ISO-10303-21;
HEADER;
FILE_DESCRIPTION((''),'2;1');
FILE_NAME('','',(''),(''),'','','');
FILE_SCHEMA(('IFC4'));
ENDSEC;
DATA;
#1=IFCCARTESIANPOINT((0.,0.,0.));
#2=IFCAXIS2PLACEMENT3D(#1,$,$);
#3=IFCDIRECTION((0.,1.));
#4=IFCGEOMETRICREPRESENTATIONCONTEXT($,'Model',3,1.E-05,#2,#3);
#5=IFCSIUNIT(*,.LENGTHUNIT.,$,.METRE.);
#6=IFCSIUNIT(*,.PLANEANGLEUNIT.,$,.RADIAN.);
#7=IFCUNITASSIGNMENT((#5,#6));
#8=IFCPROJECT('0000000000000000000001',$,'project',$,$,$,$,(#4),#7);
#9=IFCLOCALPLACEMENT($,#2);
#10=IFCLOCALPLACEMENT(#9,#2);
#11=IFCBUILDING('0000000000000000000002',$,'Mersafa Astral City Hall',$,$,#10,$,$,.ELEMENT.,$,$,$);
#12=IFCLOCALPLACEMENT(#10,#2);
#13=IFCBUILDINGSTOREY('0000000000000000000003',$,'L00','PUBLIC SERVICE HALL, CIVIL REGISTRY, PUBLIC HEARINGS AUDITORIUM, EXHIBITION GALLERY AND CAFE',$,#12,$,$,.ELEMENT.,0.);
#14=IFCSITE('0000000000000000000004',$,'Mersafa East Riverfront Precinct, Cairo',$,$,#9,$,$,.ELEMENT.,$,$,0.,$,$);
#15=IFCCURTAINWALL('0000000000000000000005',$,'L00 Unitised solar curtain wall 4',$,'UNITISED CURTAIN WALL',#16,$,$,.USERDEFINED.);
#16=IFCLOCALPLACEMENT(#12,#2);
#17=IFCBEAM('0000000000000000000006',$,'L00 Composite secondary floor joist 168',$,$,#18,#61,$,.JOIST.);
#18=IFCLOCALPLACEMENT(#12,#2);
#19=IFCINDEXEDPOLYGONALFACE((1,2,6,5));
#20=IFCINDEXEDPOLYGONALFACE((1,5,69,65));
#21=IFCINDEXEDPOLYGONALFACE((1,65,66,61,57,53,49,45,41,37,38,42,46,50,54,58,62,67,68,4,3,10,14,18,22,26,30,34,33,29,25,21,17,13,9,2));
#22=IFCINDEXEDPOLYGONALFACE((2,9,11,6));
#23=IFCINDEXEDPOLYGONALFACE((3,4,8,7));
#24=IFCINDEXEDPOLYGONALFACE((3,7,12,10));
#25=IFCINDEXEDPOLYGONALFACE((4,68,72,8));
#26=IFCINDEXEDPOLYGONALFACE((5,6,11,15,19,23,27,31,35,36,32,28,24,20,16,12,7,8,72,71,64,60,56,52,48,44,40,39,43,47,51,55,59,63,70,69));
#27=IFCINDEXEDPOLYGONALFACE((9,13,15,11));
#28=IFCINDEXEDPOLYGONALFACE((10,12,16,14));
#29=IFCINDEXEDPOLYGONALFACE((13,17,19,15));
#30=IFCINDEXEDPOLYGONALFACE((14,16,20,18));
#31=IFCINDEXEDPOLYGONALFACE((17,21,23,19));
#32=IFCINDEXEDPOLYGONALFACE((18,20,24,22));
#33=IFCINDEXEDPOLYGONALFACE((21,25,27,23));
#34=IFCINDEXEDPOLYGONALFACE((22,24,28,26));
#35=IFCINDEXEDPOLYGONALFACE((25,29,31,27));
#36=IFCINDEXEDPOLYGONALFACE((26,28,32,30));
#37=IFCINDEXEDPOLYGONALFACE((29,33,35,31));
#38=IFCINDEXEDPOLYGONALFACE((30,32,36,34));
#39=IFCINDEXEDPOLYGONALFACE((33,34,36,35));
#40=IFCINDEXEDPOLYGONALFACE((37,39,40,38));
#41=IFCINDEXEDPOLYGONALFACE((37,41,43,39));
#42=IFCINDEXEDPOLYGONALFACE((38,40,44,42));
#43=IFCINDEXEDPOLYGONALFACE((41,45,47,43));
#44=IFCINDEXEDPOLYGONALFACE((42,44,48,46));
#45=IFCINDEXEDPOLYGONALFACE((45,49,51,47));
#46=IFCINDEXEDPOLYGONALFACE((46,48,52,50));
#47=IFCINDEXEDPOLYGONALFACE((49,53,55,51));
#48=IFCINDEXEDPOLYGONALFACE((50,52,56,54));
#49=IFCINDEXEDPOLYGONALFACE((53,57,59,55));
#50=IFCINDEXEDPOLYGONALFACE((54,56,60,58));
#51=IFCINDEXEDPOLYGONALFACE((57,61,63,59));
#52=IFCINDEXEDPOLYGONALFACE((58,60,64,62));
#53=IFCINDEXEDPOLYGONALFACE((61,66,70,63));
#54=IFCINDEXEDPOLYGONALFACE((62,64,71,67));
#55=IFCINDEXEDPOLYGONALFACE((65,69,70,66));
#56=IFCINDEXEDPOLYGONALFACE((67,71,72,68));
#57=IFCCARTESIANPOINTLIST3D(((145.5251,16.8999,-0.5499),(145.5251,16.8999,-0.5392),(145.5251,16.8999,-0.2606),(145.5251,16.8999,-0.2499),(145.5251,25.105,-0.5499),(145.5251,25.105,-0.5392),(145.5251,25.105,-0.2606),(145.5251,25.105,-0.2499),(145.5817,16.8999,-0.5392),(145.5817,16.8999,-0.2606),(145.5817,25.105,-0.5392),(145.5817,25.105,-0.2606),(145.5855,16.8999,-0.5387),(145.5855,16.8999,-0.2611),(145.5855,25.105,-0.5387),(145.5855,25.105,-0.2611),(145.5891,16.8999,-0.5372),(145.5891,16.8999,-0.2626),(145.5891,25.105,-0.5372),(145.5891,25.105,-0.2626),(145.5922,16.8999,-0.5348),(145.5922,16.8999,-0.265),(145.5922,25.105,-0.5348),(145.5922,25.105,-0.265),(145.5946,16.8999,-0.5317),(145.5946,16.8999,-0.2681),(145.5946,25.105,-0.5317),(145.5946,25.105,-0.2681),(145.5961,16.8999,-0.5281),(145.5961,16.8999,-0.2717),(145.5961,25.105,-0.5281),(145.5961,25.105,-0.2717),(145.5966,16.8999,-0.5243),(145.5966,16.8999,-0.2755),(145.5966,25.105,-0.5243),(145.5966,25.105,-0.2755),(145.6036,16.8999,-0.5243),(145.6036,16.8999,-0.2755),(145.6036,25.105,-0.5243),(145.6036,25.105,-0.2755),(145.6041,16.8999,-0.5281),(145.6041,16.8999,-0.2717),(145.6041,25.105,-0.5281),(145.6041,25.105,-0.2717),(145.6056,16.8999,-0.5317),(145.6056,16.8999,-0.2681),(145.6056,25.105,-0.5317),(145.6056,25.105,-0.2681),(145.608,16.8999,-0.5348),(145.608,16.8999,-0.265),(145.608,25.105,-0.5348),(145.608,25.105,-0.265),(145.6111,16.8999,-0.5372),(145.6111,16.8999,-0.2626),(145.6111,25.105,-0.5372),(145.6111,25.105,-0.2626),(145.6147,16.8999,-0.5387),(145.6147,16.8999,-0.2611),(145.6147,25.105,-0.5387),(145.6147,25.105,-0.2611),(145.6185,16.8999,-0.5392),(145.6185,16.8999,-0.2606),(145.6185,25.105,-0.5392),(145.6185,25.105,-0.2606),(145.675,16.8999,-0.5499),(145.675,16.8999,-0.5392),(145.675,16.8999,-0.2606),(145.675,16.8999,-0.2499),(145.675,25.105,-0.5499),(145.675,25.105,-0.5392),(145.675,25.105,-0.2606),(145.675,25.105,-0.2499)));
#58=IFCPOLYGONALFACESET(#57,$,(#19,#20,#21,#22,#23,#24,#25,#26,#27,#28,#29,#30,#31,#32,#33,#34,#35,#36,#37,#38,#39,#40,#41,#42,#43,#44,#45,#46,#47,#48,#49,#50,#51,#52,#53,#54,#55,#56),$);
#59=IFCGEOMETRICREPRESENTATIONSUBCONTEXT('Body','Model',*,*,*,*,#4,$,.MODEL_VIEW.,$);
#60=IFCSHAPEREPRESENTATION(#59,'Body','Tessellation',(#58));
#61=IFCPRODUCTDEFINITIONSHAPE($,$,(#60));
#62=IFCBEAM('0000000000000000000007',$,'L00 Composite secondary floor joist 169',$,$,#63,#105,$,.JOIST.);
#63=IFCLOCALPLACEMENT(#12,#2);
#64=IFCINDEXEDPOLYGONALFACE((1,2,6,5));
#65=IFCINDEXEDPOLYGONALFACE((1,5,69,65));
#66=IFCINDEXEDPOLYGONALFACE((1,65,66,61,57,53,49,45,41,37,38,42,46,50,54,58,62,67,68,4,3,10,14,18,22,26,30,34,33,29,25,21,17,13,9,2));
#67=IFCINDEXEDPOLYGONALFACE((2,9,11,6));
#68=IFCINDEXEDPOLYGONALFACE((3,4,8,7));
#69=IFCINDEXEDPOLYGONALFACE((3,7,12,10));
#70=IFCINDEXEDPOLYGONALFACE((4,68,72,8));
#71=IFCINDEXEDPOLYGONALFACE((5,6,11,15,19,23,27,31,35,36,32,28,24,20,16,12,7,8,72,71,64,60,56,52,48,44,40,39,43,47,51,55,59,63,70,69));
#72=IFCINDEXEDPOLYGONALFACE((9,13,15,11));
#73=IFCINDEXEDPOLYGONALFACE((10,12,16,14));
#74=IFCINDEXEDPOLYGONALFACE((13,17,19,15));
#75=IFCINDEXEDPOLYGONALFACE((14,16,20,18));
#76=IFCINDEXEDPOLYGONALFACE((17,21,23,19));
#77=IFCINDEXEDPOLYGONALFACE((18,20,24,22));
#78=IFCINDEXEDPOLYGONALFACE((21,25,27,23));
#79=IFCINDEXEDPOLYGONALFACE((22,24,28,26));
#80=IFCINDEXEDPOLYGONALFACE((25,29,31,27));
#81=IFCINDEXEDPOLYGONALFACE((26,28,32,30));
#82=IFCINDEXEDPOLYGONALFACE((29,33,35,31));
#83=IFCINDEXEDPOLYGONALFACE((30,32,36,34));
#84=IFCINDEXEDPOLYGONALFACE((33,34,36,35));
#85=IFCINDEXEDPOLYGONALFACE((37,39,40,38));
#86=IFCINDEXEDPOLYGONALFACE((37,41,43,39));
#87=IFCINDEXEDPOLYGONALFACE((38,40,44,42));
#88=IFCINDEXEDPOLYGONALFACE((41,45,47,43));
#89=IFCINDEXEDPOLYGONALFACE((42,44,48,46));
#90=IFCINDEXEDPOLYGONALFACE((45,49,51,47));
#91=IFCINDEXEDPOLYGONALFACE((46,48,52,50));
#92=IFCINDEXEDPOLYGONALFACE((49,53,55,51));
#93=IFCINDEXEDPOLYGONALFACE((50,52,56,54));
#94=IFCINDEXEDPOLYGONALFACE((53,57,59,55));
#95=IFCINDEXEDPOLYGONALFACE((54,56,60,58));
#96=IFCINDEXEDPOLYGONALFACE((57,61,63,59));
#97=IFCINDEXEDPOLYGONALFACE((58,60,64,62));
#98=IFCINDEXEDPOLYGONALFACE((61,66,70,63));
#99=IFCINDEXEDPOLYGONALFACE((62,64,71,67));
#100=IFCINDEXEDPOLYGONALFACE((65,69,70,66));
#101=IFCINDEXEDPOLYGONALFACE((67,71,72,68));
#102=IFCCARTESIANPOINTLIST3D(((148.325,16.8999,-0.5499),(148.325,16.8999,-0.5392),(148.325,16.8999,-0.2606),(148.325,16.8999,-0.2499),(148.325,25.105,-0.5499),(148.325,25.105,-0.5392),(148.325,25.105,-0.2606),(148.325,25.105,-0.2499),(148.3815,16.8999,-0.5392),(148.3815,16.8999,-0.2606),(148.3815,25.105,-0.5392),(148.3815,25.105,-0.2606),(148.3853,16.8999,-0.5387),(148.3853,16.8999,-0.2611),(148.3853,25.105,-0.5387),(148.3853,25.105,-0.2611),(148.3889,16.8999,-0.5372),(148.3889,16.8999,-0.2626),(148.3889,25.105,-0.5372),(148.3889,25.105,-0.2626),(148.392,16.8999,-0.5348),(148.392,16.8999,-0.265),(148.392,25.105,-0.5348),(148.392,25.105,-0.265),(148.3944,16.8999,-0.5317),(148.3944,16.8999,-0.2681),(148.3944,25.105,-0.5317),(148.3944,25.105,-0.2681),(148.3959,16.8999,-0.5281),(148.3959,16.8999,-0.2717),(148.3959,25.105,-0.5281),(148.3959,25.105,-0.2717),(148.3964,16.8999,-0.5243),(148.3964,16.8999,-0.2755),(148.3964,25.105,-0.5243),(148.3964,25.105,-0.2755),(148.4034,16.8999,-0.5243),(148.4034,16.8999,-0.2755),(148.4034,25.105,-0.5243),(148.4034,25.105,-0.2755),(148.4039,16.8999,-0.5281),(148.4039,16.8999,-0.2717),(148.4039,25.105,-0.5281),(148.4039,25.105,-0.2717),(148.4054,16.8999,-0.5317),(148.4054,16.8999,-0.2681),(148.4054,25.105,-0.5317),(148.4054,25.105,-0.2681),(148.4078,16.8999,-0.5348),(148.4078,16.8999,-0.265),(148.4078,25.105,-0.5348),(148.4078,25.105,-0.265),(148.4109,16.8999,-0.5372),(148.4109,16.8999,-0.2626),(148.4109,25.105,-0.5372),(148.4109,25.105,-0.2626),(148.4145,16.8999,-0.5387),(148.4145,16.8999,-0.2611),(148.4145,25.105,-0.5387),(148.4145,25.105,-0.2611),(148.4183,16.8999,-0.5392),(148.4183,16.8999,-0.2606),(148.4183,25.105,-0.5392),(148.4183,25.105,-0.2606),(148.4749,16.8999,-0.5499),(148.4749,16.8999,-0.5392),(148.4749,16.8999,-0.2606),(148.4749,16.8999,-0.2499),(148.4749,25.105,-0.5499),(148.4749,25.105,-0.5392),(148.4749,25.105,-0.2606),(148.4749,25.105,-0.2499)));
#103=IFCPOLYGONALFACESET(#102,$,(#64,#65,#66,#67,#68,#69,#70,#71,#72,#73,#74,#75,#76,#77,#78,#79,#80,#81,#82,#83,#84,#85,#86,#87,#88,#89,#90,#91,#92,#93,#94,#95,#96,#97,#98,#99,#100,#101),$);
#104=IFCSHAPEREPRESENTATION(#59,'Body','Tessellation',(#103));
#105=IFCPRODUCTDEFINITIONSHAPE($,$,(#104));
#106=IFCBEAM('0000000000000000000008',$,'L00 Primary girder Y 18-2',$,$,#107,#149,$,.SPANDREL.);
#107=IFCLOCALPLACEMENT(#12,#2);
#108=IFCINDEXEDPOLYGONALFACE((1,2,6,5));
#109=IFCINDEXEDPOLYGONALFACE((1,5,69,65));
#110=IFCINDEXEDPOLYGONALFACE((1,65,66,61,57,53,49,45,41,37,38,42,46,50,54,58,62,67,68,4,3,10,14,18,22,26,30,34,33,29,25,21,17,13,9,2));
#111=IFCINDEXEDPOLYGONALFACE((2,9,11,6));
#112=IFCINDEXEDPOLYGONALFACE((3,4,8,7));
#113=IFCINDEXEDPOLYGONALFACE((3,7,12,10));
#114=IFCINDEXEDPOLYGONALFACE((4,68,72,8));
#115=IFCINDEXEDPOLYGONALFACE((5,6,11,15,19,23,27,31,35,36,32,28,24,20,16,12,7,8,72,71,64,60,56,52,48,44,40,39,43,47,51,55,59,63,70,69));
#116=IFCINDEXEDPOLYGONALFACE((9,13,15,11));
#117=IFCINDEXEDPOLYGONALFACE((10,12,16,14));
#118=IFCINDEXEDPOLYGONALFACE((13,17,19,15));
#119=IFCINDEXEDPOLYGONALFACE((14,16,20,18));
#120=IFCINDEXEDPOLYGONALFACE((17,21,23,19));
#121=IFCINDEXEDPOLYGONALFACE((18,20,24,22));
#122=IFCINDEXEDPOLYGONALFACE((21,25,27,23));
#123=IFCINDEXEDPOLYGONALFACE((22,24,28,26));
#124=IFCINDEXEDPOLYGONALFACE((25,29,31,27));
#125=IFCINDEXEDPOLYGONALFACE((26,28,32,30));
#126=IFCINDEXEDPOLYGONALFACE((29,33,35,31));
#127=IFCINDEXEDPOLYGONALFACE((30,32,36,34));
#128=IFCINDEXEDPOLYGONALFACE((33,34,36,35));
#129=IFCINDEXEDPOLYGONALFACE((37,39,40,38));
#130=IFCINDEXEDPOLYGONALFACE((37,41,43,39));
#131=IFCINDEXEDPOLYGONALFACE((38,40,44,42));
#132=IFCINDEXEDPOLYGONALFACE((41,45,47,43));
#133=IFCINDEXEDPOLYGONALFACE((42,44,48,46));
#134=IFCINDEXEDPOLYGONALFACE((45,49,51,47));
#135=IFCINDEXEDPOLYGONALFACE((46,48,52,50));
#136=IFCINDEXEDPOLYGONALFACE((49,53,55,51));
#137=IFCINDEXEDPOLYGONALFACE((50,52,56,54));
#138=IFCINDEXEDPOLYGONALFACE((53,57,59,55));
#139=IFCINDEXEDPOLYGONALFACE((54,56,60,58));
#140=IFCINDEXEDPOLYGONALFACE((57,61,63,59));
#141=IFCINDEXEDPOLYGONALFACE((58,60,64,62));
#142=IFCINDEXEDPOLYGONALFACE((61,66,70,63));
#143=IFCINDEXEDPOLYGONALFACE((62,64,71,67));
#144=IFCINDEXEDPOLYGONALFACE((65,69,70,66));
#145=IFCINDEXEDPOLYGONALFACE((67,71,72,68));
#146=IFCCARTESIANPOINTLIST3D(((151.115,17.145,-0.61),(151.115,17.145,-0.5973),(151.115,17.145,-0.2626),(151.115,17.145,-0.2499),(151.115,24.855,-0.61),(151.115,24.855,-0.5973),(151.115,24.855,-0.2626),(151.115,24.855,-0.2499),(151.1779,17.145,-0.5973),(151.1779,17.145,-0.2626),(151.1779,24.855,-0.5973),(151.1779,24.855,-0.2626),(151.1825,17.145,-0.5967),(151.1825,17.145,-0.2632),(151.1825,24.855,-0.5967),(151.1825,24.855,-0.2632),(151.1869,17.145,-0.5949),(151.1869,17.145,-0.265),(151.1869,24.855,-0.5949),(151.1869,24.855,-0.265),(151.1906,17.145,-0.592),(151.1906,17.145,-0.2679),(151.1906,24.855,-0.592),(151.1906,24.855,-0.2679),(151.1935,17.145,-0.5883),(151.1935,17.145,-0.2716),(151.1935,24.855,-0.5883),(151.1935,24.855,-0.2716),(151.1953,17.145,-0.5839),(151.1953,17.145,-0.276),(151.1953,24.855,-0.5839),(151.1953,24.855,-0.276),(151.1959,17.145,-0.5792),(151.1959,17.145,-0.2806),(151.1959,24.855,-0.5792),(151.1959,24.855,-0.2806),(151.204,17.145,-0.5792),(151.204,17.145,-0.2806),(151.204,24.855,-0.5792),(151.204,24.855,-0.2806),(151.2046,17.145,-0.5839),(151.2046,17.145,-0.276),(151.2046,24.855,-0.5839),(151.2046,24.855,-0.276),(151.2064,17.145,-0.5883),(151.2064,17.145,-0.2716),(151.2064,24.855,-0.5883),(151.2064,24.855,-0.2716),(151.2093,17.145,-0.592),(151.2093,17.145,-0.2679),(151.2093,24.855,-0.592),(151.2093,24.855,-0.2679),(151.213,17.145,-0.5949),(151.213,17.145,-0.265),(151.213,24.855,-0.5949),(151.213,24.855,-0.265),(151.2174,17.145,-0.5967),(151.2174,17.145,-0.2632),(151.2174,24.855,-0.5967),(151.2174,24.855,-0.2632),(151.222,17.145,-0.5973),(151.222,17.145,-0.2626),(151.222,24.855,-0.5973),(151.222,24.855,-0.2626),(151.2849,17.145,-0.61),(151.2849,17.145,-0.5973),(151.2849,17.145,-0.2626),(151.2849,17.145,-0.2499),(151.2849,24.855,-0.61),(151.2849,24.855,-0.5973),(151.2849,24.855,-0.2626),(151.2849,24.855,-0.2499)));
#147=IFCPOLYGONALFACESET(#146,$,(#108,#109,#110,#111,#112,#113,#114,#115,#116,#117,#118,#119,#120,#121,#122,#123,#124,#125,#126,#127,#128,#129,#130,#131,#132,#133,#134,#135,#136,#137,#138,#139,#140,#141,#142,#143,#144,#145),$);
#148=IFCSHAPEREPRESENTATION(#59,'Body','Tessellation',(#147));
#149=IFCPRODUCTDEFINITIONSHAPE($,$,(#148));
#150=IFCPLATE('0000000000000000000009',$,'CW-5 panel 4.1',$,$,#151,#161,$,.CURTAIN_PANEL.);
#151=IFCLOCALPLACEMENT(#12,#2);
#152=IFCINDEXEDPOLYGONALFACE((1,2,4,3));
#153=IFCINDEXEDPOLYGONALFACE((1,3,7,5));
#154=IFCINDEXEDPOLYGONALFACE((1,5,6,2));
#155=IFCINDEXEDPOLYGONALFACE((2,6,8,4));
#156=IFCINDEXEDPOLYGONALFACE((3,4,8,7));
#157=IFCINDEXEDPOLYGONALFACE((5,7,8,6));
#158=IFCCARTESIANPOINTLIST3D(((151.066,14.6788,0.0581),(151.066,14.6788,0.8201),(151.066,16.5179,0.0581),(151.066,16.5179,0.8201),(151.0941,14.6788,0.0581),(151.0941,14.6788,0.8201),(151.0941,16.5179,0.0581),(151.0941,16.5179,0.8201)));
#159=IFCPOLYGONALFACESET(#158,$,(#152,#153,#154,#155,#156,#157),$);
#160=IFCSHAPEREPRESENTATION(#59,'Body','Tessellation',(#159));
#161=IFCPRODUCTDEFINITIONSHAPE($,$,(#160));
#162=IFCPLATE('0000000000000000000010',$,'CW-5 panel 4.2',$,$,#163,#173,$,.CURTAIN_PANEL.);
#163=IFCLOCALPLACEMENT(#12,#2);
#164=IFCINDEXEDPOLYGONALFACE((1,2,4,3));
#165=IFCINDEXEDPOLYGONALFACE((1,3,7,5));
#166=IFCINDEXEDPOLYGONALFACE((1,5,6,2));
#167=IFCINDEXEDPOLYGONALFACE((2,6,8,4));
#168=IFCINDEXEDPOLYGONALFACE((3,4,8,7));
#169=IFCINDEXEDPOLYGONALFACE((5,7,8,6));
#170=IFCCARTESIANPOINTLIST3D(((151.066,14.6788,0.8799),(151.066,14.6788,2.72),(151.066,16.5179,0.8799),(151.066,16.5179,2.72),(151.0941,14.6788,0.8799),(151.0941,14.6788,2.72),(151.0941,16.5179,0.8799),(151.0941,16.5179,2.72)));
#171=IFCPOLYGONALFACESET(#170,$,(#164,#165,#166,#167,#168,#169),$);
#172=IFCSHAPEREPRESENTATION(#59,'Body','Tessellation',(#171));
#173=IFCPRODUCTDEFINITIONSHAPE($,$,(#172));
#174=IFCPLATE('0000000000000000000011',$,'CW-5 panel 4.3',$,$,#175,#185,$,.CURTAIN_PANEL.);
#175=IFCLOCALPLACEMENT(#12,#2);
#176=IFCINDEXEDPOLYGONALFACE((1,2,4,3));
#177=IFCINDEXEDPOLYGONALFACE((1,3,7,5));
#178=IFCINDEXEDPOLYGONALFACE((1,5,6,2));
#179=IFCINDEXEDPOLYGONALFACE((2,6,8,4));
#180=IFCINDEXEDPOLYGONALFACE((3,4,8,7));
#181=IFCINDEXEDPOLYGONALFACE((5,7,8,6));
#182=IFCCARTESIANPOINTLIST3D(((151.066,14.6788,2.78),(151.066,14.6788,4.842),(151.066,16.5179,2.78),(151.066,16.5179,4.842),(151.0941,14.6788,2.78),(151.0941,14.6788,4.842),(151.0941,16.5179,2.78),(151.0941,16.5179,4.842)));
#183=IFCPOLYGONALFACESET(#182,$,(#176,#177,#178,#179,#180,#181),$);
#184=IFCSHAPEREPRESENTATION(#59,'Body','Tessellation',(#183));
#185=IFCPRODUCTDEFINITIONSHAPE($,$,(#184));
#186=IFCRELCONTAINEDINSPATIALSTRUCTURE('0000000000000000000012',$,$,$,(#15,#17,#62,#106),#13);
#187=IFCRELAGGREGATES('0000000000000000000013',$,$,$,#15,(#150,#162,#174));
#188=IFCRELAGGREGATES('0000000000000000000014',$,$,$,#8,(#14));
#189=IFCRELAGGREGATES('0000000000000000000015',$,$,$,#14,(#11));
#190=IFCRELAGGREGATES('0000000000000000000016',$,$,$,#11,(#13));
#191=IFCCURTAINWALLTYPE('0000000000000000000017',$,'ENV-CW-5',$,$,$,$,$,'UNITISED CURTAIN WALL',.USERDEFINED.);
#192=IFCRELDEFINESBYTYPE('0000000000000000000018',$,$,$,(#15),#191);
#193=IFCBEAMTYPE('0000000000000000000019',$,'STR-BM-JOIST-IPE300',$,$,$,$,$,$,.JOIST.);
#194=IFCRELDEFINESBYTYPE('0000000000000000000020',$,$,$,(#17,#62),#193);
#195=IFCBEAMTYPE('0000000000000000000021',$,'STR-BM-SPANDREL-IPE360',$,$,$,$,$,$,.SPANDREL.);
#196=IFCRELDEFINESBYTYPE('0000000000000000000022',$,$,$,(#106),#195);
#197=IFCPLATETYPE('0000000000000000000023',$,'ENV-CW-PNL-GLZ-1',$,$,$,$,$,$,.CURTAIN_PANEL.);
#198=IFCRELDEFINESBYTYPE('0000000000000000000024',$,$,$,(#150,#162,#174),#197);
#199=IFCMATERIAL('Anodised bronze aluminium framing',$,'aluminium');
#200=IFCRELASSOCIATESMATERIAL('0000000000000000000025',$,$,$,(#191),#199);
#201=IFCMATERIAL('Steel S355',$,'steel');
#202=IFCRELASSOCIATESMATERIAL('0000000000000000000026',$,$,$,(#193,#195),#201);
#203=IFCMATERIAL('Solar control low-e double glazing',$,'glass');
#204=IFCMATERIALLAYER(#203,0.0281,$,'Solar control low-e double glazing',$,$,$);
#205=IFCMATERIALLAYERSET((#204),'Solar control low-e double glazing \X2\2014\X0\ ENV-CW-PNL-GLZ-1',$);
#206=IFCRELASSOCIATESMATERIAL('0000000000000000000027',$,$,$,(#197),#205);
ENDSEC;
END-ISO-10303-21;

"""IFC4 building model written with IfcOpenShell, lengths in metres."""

from ifc_helpers import new_model, si_unit, direction, frame, origin, origin_2d, place, context, subcontext, project, spatial, rectangle, i_section, extrude, material, layer, layer_set, material_profile, profile_set, type_object, element, aggregate, save


model = new_model("IFC4")

# Units and contexts
model_context = context("Model", 3, precision=1e-05, world=origin(), true_north=direction((0.0, 1.0)))
body_context = subcontext(model_context, "Body", "Model", "MODEL_VIEW")
ifc_project = project(units=[si_unit("LENGTHUNIT", "METRE"), si_unit("PLANEANGLEUNIT", "RADIAN")], contexts=[model_context])

# Site, building, storey
site_placement = place(None, origin())
site = spatial("IfcSite", under=ifc_project, at=site_placement, Name="Mersafa East Riverfront Precinct, Cairo", CompositionType="ELEMENT", RefElevation=0.0)
building_placement = place(site_placement, origin())
building = spatial("IfcBuilding", under=site, at=building_placement, Name="Mersafa Astral City Hall", CompositionType="ELEMENT")
storey_placement = place(building_placement, origin())
storey = spatial("IfcBuildingStorey", under=building, at=storey_placement, Name="L00", Description="PUBLIC SERVICE HALL, CIVIL REGISTRY, PUBLIC HEARINGS AUDITORIUM, EXHIBITION GALLERY AND CAFE", CompositionType="ELEMENT", Elevation=0.0)

# Shared definitions
ifc_material_1 = material(Name="Steel S355", Category="steel")

# Curtain wall
ifc_material_2 = material(Name="Anodised bronze aluminium framing", Category="aluminium")
curtain_wall_type_1 = type_object("IfcCurtainWallType", Name="ENV-CW-5", ElementType="UNITISED CURTAIN WALL", PredefinedType="USERDEFINED", material=ifc_material_2)
curtain_wall_1_placement = place(storey_placement, origin())
curtain_wall_1 = element("IfcCurtainWall", 1, at=curtain_wall_1_placement, inside=storey, type_object=curtain_wall_type_1, Name="L00 Unitised solar curtain wall 4", ObjectType="UNITISED CURTAIN WALL", PredefinedType="USERDEFINED")

# Beams
ifc_material_profile_1 = material_profile(ifc_material_1, i_section(OverallWidth=0.1499, OverallDepth=0.3, WebThickness=0.0071, FlangeThickness=0.0107, FilletRadius=0.0149, at=origin_2d()), Name="IPE 300")
ifc_profile_set_1 = profile_set([ifc_material_profile_1], Name="Steel S355")
beam_type_1 = type_object("IfcBeamType", Name="STR-BM-JOIST-IPE300", PredefinedType="JOIST", material=ifc_profile_set_1)
for number, where, z_axis, x_axis, name in (
    (2, (145.6001, 16.8999, -0.3999), (0.0, 1.0, 0.0), (-1.0, 0.0, 0.0), "L00 Composite secondary floor joist 168"),
    (3, (148.3999, 16.8999, -0.3999), (0.0, 1.0, 0.0), (-1.0, 0.0, 0.0), "L00 Composite secondary floor joist 169"),
):
    element("IfcBeam", number, at=place(storey_placement, frame(where, z_axis=z_axis, x_axis=x_axis)), inside=storey, type_object=beam_type_1, Name=name, PredefinedType="JOIST", context=body_context, shape_type="SweptSolid", body=[
        extrude(i_section(OverallWidth=0.1499, OverallDepth=0.3, WebThickness=0.0071, FlangeThickness=0.0107, FilletRadius=0.0149, at=origin_2d()), origin(), (0.0, 0.0, 1.0), 8.2051),
    ])
ifc_material_profile_2 = material_profile(ifc_material_1, i_section(OverallWidth=0.1699, OverallDepth=0.3601, WebThickness=0.0081, FlangeThickness=0.0127, FilletRadius=0.0181, at=origin_2d()), Name="IPE 360")
ifc_profile_set_2 = profile_set([ifc_material_profile_2], Name="Steel S355")
beam_type_2 = type_object("IfcBeamType", Name="STR-BM-SPANDREL-IPE360", PredefinedType="SPANDREL", material=ifc_profile_set_2)
beam_1_placement = place(storey_placement, frame((151.2, 17.145, -0.4299), z_axis=(0.0, 1.0, 0.0), x_axis=(-1.0, 0.0, 0.0)))
element("IfcBeam", 4, at=beam_1_placement, inside=storey, type_object=beam_type_2, Name="L00 Primary girder Y 18-2", PredefinedType="SPANDREL", context=body_context, shape_type="SweptSolid", body=[
    extrude(i_section(OverallWidth=0.1699, OverallDepth=0.3601, WebThickness=0.0081, FlangeThickness=0.0127, FilletRadius=0.0181, at=origin_2d()), origin(), (0.0, 0.0, 1.0), 7.71),
])

# Plates
ifc_material_3 = material(Name="Solar control low-e double glazing", Category="glass")
ifc_layer_1 = layer(ifc_material_3, 0.0281, Name="Solar control low-e double glazing")
ifc_layer_set_1 = layer_set([ifc_layer_1], Name="Solar control low-e double glazing — ENV-CW-PNL-GLZ-1")
plate_type = type_object("IfcPlateType", Name="ENV-CW-PNL-GLZ-1", PredefinedType="CURTAIN_PANEL", material=ifc_layer_set_1)
plate_1_placement = place(storey_placement, frame((151.0801, 15.5984, 0.0581), z_axis=(0.0, 0.0, 1.0), x_axis=(0.0, 1.0, 0.0)))
plate_1 = element("IfcPlate", 5, at=plate_1_placement, type_object=plate_type, Name="CW-5 panel 4.1", PredefinedType="CURTAIN_PANEL", context=body_context, shape_type="SweptSolid", body=[
    extrude(rectangle(XDim=1.8391, YDim=0.0281, at=origin_2d()), origin(), (0.0, 0.0, 1.0), 0.762),
])
plate_2_placement = place(storey_placement, frame((151.0801, 15.5984, 0.8799), z_axis=(0.0, 0.0, 1.0), x_axis=(0.0, 1.0, 0.0)))
plate_2 = element("IfcPlate", 6, at=plate_2_placement, type_object=plate_type, Name="CW-5 panel 4.2", PredefinedType="CURTAIN_PANEL", context=body_context, shape_type="SweptSolid", body=[
    extrude(rectangle(XDim=1.8391, YDim=0.0281, at=origin_2d()), origin(), (0.0, 0.0, 1.0), 1.8401),
])
plate_3_placement = place(storey_placement, frame((151.0801, 15.5984, 2.78), z_axis=(0.0, 0.0, 1.0), x_axis=(0.0, 1.0, 0.0)))
plate_3 = element("IfcPlate", 7, at=plate_3_placement, type_object=plate_type, Name="CW-5 panel 4.3", PredefinedType="CURTAIN_PANEL", context=body_context, shape_type="SweptSolid", body=[
    extrude(rectangle(XDim=1.8391, YDim=0.0281, at=origin_2d()), origin(), (0.0, 0.0, 1.0), 2.062),
])
aggregate(curtain_wall_1, [plate_1, plate_2, plate_3])

save(model, "model.ifc")
